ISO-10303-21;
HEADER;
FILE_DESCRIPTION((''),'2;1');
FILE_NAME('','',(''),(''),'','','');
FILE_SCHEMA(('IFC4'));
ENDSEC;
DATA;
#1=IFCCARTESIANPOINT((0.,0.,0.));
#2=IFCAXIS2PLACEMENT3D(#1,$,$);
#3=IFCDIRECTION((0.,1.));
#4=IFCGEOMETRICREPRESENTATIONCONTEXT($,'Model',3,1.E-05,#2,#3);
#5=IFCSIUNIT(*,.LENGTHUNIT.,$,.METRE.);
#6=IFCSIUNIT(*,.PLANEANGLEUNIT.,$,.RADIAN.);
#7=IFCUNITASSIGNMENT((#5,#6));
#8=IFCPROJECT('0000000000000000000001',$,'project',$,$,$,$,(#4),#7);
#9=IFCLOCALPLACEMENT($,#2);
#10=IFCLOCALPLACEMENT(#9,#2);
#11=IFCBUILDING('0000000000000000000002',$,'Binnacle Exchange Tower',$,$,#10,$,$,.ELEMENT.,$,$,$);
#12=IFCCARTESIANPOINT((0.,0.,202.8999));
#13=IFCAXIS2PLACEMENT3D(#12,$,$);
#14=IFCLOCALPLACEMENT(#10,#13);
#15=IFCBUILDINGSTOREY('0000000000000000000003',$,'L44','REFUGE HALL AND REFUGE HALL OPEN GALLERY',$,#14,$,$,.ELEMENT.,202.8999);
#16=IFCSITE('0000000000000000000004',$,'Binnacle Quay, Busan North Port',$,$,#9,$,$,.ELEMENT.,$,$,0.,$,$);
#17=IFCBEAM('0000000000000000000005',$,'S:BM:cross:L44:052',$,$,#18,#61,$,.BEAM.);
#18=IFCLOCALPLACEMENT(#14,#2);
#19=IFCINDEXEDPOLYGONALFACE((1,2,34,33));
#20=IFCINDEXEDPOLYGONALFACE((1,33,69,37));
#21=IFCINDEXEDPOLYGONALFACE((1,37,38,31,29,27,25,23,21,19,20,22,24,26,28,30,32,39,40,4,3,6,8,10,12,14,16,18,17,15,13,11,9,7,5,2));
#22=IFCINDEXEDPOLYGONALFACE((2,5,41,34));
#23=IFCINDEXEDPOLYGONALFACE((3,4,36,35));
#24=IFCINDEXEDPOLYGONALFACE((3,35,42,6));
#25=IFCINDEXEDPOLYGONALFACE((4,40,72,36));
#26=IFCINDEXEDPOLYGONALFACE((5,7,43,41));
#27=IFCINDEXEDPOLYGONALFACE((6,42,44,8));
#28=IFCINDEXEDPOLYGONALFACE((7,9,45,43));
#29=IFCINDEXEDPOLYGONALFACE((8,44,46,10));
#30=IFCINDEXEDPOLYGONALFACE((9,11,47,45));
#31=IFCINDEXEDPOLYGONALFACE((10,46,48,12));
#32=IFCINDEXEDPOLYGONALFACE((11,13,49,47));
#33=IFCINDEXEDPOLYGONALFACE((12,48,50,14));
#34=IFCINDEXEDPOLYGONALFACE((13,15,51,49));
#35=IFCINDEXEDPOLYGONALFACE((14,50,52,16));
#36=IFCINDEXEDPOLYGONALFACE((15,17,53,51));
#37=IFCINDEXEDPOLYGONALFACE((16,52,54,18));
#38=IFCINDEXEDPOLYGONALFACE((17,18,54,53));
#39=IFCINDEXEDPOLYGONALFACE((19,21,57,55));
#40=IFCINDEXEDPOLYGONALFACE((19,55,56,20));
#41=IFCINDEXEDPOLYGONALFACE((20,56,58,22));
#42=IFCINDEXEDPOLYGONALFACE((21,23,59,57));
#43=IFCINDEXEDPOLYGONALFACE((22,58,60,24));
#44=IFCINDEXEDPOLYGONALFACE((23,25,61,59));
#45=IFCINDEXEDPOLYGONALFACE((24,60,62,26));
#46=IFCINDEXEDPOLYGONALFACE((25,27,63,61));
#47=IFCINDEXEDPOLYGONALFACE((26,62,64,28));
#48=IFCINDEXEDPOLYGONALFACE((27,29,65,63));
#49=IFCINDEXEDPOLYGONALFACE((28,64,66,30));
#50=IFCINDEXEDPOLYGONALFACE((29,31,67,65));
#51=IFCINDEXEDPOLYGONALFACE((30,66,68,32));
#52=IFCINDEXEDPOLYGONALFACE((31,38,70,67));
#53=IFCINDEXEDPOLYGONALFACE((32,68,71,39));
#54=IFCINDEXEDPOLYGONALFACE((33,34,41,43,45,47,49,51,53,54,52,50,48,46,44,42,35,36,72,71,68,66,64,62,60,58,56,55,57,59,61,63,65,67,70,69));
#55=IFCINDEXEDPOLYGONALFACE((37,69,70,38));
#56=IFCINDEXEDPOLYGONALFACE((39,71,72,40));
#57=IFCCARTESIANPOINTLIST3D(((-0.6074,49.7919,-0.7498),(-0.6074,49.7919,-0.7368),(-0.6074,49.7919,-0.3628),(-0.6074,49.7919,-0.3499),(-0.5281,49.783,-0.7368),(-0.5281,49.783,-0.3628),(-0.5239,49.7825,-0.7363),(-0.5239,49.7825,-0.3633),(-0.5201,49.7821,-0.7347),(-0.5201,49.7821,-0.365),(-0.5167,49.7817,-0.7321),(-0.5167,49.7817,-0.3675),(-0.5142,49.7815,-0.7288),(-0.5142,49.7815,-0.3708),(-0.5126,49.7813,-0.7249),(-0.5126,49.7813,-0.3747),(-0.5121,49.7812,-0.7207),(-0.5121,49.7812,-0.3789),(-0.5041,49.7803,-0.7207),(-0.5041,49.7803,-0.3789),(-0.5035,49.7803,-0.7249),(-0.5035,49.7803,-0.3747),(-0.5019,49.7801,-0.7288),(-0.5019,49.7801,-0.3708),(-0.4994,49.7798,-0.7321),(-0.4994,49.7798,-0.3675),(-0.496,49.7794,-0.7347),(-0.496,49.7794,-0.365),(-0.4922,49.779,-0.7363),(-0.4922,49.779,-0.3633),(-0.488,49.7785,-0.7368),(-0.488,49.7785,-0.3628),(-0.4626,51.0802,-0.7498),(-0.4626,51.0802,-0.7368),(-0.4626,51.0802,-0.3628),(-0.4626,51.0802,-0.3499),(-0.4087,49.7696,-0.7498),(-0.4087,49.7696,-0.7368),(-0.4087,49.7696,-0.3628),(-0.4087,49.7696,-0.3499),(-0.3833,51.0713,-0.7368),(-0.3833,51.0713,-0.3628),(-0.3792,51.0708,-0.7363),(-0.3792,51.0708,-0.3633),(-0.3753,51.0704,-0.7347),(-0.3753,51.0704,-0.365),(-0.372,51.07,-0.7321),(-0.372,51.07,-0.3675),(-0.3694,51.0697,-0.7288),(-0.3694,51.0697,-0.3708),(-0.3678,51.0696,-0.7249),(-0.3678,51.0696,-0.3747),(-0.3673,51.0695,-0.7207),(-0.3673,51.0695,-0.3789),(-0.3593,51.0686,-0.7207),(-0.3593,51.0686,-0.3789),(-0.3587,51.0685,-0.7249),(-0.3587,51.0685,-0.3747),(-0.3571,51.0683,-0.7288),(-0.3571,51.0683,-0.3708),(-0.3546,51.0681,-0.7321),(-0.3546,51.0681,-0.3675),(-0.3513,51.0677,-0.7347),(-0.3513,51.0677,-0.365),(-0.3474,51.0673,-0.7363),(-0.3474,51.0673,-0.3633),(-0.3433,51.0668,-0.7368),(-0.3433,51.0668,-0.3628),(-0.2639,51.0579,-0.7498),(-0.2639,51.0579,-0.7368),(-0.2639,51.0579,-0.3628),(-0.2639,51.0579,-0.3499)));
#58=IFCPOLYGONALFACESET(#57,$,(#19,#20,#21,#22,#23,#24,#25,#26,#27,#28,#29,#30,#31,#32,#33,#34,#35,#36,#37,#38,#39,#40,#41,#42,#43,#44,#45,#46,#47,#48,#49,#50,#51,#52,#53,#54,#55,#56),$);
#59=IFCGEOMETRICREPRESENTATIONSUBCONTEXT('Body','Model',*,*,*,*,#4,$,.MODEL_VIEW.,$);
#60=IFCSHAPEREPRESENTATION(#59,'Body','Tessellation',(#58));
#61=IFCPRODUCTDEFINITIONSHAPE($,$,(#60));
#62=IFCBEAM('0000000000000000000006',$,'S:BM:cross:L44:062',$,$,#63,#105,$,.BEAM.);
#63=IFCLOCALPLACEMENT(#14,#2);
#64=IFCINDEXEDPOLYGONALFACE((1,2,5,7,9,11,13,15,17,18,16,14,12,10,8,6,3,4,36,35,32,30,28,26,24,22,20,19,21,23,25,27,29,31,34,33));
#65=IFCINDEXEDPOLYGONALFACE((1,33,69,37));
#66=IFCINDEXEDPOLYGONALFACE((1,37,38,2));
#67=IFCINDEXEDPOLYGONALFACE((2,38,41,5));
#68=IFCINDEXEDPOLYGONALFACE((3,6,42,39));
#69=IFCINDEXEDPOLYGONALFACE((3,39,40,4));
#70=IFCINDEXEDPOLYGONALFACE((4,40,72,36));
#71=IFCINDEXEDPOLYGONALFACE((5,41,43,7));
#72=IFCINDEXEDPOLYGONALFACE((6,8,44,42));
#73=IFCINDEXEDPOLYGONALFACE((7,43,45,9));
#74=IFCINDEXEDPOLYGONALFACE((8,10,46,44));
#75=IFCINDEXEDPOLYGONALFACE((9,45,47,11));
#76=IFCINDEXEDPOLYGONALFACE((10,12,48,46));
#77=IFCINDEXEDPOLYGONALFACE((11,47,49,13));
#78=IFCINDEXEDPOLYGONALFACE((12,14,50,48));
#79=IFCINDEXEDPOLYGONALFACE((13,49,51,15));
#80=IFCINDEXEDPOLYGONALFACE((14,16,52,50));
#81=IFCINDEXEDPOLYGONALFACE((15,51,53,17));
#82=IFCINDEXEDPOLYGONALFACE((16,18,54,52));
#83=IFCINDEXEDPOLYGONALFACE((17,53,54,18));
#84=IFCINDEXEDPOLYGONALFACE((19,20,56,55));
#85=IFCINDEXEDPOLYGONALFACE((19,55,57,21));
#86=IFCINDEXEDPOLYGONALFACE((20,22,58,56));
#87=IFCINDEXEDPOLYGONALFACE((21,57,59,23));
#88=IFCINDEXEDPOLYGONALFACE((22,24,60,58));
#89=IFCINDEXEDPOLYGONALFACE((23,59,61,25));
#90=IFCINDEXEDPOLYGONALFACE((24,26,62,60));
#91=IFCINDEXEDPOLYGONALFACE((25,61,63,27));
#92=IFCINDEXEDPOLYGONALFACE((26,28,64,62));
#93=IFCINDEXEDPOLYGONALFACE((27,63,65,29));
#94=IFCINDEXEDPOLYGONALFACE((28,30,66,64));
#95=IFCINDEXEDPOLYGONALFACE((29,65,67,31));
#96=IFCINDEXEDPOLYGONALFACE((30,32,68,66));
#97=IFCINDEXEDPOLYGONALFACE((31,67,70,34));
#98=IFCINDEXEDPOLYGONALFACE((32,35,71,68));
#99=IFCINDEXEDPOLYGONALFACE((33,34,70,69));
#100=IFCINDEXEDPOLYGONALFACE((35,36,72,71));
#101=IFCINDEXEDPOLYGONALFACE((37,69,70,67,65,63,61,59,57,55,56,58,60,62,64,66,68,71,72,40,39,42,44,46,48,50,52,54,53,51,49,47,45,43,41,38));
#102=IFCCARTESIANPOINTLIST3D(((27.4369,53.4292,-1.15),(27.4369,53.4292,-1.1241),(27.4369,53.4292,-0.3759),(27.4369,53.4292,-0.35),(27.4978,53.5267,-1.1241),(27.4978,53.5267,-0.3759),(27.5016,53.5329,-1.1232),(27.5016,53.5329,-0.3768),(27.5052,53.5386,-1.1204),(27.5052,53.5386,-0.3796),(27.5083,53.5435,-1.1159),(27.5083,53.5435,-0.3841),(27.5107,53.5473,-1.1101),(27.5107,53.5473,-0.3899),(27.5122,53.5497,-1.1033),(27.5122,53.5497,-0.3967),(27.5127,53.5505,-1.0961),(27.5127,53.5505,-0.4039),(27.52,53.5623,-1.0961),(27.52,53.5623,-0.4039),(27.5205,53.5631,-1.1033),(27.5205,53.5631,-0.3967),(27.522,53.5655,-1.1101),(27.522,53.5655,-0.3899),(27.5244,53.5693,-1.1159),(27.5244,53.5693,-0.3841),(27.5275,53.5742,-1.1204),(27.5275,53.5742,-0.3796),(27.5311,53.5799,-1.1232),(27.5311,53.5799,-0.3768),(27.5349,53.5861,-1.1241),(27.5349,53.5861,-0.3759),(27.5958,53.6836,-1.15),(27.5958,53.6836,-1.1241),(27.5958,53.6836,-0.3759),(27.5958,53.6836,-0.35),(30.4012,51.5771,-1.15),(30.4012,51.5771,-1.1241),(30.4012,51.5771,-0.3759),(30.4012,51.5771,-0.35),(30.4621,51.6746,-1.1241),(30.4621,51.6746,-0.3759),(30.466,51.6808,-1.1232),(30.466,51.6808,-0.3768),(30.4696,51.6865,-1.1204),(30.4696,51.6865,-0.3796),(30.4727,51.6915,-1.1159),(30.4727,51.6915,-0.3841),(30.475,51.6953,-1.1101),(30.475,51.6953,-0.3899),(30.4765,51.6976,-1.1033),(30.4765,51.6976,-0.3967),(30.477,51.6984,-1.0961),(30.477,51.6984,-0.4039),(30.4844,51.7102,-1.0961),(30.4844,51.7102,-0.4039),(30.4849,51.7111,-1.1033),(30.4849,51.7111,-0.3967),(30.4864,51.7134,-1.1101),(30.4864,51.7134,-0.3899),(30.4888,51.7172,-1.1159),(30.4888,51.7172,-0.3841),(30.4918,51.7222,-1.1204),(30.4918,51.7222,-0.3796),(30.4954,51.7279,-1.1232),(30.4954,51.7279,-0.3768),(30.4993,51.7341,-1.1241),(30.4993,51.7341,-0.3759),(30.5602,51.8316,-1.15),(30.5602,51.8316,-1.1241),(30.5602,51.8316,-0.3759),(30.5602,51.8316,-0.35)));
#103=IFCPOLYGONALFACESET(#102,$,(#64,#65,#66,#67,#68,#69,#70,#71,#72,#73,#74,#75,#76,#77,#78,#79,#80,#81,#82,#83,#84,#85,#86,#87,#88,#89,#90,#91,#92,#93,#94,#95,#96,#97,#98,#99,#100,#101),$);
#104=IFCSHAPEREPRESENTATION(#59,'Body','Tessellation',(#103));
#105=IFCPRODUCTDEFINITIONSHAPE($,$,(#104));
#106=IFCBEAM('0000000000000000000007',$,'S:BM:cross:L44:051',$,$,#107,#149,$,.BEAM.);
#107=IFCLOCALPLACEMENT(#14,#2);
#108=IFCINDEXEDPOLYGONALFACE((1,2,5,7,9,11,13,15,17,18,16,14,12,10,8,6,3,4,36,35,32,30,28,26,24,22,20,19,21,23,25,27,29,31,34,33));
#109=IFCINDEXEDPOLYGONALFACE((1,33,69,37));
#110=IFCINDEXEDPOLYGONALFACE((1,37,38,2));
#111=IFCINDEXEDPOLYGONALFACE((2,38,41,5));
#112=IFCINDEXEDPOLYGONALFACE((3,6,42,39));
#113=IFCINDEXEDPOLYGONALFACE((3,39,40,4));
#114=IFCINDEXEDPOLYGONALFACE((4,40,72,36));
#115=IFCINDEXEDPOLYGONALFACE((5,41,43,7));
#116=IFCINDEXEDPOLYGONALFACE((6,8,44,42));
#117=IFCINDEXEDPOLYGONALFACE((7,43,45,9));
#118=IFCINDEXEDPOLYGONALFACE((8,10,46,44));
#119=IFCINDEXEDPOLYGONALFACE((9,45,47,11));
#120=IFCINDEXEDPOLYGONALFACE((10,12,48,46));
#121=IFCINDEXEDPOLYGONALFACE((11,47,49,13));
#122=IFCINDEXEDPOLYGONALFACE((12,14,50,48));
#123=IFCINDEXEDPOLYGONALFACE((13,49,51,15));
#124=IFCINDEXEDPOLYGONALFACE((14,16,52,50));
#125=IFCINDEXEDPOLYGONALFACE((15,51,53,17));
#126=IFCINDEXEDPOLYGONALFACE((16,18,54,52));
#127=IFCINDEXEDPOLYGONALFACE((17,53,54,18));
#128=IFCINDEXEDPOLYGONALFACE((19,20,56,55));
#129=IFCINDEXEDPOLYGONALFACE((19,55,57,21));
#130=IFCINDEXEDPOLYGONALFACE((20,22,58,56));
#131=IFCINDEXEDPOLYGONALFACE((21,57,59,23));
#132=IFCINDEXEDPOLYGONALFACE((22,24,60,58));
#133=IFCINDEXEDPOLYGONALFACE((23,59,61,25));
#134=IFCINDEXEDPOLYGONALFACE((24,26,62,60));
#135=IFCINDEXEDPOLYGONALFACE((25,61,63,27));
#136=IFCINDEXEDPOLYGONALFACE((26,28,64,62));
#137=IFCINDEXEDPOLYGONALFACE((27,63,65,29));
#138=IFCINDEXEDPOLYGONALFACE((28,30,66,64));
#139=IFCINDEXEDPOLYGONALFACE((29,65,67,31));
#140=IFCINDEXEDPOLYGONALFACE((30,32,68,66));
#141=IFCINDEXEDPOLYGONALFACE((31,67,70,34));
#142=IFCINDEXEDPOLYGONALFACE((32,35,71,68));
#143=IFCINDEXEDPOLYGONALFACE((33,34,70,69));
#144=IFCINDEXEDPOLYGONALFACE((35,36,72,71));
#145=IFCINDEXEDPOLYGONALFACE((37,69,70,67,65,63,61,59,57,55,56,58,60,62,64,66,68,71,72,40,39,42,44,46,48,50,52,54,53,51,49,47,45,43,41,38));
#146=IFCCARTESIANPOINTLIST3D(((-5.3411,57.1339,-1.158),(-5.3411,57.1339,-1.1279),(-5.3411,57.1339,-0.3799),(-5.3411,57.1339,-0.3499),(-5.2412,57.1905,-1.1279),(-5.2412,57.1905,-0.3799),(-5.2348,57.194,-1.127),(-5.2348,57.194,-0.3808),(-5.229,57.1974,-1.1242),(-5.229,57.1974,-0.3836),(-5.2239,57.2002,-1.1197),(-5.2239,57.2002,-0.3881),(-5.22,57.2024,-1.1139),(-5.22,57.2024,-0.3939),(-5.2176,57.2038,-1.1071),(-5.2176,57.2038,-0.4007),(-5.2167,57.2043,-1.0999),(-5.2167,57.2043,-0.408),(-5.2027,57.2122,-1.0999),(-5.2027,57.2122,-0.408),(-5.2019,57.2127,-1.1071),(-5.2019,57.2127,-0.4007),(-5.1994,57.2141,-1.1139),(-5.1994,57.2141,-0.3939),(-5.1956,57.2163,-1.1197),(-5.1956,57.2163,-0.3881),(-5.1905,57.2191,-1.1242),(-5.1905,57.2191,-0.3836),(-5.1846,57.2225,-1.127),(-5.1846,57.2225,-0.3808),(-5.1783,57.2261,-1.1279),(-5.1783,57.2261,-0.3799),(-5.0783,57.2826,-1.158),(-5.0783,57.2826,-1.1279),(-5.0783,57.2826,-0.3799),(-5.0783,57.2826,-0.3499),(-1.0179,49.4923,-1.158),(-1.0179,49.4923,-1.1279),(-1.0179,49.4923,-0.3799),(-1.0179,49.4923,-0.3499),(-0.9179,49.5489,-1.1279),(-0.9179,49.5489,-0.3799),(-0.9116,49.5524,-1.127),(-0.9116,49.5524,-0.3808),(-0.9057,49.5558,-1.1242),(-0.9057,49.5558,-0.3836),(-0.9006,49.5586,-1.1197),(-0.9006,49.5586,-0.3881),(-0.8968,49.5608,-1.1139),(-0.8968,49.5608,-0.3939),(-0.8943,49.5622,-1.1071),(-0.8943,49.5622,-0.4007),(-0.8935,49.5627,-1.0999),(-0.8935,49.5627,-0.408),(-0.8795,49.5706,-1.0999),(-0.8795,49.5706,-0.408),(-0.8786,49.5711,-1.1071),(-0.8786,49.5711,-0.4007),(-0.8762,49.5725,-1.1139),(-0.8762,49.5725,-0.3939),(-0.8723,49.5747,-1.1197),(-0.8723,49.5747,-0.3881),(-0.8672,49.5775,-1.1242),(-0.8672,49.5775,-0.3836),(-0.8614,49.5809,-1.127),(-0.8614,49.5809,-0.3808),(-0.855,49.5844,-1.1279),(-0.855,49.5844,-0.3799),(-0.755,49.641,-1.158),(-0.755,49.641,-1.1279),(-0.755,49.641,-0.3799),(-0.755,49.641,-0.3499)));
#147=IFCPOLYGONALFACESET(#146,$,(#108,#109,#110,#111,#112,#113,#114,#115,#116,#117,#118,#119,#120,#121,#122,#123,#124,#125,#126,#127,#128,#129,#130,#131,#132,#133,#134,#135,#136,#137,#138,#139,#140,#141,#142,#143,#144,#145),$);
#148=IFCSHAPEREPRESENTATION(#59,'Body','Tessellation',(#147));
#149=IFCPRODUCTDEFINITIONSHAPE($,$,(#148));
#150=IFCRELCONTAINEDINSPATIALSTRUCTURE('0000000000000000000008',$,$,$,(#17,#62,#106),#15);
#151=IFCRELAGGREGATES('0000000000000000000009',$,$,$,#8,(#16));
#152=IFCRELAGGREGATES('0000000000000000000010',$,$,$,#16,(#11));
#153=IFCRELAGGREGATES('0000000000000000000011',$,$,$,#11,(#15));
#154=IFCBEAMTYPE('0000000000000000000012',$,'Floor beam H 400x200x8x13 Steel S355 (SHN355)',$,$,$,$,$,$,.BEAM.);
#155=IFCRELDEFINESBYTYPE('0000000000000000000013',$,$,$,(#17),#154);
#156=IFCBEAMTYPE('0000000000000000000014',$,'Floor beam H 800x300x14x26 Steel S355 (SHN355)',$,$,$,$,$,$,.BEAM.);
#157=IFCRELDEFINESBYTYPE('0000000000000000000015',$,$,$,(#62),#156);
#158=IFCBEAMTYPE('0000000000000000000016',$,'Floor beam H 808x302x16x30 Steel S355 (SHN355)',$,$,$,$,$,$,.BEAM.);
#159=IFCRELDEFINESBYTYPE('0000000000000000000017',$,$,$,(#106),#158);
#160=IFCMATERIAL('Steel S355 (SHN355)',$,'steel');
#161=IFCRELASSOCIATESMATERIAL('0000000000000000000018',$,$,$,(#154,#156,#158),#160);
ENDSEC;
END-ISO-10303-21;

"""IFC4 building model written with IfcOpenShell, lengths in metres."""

from ifc_helpers import new_model, si_unit, direction, frame, origin, origin_2d, place, context, subcontext, project, spatial, i_section, extrude, material, material_profile, profile_set, type_object, element, save


model = new_model("IFC4")

# Units and contexts
model_context = context("Model", 3, precision=1e-05, world=origin(), true_north=direction((0.0, 1.0)))
body_context = subcontext(model_context, "Body", "Model", "MODEL_VIEW")
ifc_project = project(units=[si_unit("LENGTHUNIT", "METRE"), si_unit("PLANEANGLEUNIT", "RADIAN")], contexts=[model_context])

# Site, building, storey
site_placement = place(None, origin())
site = spatial("IfcSite", under=ifc_project, at=site_placement, Name="Binnacle Quay, Busan North Port", CompositionType="ELEMENT", RefElevation=0.0)
building_placement = place(site_placement, origin())
building = spatial("IfcBuilding", under=site, at=building_placement, Name="Binnacle Exchange Tower", CompositionType="ELEMENT")
storey_placement = place(building_placement, frame((0.0, 0.0, 202.8999)))
storey = spatial("IfcBuildingStorey", under=building, at=storey_placement, Name="L44", Description="REFUGE HALL AND REFUGE HALL OPEN GALLERY", CompositionType="ELEMENT", Elevation=202.8999)

# Beams
ifc_material_1 = material(Name="Steel S355 (SHN355)", Category="steel")
ifc_material_profile_1 = material_profile(ifc_material_1, i_section(OverallWidth=0.2, OverallDepth=0.3999, WebThickness=0.0081, FlangeThickness=0.0129, FilletRadius=0.0161, at=origin_2d()), Name="H 400x200x8x13")
ifc_profile_set_1 = profile_set([ifc_material_profile_1], Name="Steel S355 (SHN355)")
beam_type_1 = type_object("IfcBeamType", Name="Floor beam H 400x200x8x13 Steel S355 (SHN355)", PredefinedType="BEAM", material=ifc_profile_set_1)
beam_1_placement = place(storey_placement, frame((-0.5081, 49.7808, -0.5498), z_axis=(0.111672, 0.993745, 0.0), x_axis=(-0.993745, 0.111672, 0.0)))
element("IfcBeam", 1, at=beam_1_placement, inside=storey, type_object=beam_type_1, Name="S:BM:cross:L44:052", PredefinedType="BEAM", context=body_context, shape_type="SweptSolid", body=[
    extrude(i_section(OverallWidth=0.2, OverallDepth=0.3999, WebThickness=0.0081, FlangeThickness=0.0129, FilletRadius=0.0161, at=origin_2d()), origin(), (0.0, 0.0, 1.0), 1.2964),
])
ifc_material_profile_2 = material_profile(ifc_material_1, i_section(OverallWidth=0.3, OverallDepth=0.8, WebThickness=0.0139, FlangeThickness=0.0259, FilletRadius=0.0281, at=origin_2d()), Name="H 800x300x14x26")
ifc_profile_set_2 = profile_set([ifc_material_profile_2], Name="Steel S355 (SHN355)")
beam_type_2 = type_object("IfcBeamType", Name="Floor beam H 800x300x14x26 Steel S355 (SHN355)", PredefinedType="BEAM", material=ifc_profile_set_2)
beam_2_placement = place(storey_placement, frame((30.4807, 51.7043, -0.75), z_axis=(-0.848085, 0.529861, 0.0), x_axis=(-0.529861, -0.848085, 0.0)))
element("IfcBeam", 2, at=beam_2_placement, inside=storey, type_object=beam_type_2, Name="S:BM:cross:L44:062", PredefinedType="BEAM", context=body_context, shape_type="SweptSolid", body=[
    extrude(i_section(OverallWidth=0.3, OverallDepth=0.8, WebThickness=0.0139, FlangeThickness=0.0259, FilletRadius=0.0281, at=origin_2d()), origin(), (0.0, 0.0, 1.0), 3.4954),
])
ifc_material_profile_3 = material_profile(ifc_material_1, i_section(OverallWidth=0.302, OverallDepth=0.8081, WebThickness=0.0161, FlangeThickness=0.03, FilletRadius=0.0281, at=origin_2d()), Name="H 808x302x16x30")
ifc_profile_set_3 = profile_set([ifc_material_profile_3], Name="Steel S355 (SHN355)")
beam_type_3 = type_object("IfcBeamType", Name="Floor beam H 808x302x16x30 Steel S355 (SHN355)", PredefinedType="BEAM", material=ifc_profile_set_3)
beam_3_placement = place(storey_placement, frame((-0.8865, 49.5667, -0.7539), z_axis=(-0.492409, 0.870364, 0.0), x_axis=(-0.870364, -0.492409, 0.0)))
element("IfcBeam", 3, at=beam_3_placement, inside=storey, type_object=beam_type_3, Name="S:BM:cross:L44:051", PredefinedType="BEAM", context=body_context, shape_type="SweptSolid", body=[
    extrude(i_section(OverallWidth=0.302, OverallDepth=0.8081, WebThickness=0.0161, FlangeThickness=0.03, FilletRadius=0.0281, at=origin_2d()), origin(), (0.0, 0.0, 1.0), 8.7798),
])

save(model, "model.ifc")
